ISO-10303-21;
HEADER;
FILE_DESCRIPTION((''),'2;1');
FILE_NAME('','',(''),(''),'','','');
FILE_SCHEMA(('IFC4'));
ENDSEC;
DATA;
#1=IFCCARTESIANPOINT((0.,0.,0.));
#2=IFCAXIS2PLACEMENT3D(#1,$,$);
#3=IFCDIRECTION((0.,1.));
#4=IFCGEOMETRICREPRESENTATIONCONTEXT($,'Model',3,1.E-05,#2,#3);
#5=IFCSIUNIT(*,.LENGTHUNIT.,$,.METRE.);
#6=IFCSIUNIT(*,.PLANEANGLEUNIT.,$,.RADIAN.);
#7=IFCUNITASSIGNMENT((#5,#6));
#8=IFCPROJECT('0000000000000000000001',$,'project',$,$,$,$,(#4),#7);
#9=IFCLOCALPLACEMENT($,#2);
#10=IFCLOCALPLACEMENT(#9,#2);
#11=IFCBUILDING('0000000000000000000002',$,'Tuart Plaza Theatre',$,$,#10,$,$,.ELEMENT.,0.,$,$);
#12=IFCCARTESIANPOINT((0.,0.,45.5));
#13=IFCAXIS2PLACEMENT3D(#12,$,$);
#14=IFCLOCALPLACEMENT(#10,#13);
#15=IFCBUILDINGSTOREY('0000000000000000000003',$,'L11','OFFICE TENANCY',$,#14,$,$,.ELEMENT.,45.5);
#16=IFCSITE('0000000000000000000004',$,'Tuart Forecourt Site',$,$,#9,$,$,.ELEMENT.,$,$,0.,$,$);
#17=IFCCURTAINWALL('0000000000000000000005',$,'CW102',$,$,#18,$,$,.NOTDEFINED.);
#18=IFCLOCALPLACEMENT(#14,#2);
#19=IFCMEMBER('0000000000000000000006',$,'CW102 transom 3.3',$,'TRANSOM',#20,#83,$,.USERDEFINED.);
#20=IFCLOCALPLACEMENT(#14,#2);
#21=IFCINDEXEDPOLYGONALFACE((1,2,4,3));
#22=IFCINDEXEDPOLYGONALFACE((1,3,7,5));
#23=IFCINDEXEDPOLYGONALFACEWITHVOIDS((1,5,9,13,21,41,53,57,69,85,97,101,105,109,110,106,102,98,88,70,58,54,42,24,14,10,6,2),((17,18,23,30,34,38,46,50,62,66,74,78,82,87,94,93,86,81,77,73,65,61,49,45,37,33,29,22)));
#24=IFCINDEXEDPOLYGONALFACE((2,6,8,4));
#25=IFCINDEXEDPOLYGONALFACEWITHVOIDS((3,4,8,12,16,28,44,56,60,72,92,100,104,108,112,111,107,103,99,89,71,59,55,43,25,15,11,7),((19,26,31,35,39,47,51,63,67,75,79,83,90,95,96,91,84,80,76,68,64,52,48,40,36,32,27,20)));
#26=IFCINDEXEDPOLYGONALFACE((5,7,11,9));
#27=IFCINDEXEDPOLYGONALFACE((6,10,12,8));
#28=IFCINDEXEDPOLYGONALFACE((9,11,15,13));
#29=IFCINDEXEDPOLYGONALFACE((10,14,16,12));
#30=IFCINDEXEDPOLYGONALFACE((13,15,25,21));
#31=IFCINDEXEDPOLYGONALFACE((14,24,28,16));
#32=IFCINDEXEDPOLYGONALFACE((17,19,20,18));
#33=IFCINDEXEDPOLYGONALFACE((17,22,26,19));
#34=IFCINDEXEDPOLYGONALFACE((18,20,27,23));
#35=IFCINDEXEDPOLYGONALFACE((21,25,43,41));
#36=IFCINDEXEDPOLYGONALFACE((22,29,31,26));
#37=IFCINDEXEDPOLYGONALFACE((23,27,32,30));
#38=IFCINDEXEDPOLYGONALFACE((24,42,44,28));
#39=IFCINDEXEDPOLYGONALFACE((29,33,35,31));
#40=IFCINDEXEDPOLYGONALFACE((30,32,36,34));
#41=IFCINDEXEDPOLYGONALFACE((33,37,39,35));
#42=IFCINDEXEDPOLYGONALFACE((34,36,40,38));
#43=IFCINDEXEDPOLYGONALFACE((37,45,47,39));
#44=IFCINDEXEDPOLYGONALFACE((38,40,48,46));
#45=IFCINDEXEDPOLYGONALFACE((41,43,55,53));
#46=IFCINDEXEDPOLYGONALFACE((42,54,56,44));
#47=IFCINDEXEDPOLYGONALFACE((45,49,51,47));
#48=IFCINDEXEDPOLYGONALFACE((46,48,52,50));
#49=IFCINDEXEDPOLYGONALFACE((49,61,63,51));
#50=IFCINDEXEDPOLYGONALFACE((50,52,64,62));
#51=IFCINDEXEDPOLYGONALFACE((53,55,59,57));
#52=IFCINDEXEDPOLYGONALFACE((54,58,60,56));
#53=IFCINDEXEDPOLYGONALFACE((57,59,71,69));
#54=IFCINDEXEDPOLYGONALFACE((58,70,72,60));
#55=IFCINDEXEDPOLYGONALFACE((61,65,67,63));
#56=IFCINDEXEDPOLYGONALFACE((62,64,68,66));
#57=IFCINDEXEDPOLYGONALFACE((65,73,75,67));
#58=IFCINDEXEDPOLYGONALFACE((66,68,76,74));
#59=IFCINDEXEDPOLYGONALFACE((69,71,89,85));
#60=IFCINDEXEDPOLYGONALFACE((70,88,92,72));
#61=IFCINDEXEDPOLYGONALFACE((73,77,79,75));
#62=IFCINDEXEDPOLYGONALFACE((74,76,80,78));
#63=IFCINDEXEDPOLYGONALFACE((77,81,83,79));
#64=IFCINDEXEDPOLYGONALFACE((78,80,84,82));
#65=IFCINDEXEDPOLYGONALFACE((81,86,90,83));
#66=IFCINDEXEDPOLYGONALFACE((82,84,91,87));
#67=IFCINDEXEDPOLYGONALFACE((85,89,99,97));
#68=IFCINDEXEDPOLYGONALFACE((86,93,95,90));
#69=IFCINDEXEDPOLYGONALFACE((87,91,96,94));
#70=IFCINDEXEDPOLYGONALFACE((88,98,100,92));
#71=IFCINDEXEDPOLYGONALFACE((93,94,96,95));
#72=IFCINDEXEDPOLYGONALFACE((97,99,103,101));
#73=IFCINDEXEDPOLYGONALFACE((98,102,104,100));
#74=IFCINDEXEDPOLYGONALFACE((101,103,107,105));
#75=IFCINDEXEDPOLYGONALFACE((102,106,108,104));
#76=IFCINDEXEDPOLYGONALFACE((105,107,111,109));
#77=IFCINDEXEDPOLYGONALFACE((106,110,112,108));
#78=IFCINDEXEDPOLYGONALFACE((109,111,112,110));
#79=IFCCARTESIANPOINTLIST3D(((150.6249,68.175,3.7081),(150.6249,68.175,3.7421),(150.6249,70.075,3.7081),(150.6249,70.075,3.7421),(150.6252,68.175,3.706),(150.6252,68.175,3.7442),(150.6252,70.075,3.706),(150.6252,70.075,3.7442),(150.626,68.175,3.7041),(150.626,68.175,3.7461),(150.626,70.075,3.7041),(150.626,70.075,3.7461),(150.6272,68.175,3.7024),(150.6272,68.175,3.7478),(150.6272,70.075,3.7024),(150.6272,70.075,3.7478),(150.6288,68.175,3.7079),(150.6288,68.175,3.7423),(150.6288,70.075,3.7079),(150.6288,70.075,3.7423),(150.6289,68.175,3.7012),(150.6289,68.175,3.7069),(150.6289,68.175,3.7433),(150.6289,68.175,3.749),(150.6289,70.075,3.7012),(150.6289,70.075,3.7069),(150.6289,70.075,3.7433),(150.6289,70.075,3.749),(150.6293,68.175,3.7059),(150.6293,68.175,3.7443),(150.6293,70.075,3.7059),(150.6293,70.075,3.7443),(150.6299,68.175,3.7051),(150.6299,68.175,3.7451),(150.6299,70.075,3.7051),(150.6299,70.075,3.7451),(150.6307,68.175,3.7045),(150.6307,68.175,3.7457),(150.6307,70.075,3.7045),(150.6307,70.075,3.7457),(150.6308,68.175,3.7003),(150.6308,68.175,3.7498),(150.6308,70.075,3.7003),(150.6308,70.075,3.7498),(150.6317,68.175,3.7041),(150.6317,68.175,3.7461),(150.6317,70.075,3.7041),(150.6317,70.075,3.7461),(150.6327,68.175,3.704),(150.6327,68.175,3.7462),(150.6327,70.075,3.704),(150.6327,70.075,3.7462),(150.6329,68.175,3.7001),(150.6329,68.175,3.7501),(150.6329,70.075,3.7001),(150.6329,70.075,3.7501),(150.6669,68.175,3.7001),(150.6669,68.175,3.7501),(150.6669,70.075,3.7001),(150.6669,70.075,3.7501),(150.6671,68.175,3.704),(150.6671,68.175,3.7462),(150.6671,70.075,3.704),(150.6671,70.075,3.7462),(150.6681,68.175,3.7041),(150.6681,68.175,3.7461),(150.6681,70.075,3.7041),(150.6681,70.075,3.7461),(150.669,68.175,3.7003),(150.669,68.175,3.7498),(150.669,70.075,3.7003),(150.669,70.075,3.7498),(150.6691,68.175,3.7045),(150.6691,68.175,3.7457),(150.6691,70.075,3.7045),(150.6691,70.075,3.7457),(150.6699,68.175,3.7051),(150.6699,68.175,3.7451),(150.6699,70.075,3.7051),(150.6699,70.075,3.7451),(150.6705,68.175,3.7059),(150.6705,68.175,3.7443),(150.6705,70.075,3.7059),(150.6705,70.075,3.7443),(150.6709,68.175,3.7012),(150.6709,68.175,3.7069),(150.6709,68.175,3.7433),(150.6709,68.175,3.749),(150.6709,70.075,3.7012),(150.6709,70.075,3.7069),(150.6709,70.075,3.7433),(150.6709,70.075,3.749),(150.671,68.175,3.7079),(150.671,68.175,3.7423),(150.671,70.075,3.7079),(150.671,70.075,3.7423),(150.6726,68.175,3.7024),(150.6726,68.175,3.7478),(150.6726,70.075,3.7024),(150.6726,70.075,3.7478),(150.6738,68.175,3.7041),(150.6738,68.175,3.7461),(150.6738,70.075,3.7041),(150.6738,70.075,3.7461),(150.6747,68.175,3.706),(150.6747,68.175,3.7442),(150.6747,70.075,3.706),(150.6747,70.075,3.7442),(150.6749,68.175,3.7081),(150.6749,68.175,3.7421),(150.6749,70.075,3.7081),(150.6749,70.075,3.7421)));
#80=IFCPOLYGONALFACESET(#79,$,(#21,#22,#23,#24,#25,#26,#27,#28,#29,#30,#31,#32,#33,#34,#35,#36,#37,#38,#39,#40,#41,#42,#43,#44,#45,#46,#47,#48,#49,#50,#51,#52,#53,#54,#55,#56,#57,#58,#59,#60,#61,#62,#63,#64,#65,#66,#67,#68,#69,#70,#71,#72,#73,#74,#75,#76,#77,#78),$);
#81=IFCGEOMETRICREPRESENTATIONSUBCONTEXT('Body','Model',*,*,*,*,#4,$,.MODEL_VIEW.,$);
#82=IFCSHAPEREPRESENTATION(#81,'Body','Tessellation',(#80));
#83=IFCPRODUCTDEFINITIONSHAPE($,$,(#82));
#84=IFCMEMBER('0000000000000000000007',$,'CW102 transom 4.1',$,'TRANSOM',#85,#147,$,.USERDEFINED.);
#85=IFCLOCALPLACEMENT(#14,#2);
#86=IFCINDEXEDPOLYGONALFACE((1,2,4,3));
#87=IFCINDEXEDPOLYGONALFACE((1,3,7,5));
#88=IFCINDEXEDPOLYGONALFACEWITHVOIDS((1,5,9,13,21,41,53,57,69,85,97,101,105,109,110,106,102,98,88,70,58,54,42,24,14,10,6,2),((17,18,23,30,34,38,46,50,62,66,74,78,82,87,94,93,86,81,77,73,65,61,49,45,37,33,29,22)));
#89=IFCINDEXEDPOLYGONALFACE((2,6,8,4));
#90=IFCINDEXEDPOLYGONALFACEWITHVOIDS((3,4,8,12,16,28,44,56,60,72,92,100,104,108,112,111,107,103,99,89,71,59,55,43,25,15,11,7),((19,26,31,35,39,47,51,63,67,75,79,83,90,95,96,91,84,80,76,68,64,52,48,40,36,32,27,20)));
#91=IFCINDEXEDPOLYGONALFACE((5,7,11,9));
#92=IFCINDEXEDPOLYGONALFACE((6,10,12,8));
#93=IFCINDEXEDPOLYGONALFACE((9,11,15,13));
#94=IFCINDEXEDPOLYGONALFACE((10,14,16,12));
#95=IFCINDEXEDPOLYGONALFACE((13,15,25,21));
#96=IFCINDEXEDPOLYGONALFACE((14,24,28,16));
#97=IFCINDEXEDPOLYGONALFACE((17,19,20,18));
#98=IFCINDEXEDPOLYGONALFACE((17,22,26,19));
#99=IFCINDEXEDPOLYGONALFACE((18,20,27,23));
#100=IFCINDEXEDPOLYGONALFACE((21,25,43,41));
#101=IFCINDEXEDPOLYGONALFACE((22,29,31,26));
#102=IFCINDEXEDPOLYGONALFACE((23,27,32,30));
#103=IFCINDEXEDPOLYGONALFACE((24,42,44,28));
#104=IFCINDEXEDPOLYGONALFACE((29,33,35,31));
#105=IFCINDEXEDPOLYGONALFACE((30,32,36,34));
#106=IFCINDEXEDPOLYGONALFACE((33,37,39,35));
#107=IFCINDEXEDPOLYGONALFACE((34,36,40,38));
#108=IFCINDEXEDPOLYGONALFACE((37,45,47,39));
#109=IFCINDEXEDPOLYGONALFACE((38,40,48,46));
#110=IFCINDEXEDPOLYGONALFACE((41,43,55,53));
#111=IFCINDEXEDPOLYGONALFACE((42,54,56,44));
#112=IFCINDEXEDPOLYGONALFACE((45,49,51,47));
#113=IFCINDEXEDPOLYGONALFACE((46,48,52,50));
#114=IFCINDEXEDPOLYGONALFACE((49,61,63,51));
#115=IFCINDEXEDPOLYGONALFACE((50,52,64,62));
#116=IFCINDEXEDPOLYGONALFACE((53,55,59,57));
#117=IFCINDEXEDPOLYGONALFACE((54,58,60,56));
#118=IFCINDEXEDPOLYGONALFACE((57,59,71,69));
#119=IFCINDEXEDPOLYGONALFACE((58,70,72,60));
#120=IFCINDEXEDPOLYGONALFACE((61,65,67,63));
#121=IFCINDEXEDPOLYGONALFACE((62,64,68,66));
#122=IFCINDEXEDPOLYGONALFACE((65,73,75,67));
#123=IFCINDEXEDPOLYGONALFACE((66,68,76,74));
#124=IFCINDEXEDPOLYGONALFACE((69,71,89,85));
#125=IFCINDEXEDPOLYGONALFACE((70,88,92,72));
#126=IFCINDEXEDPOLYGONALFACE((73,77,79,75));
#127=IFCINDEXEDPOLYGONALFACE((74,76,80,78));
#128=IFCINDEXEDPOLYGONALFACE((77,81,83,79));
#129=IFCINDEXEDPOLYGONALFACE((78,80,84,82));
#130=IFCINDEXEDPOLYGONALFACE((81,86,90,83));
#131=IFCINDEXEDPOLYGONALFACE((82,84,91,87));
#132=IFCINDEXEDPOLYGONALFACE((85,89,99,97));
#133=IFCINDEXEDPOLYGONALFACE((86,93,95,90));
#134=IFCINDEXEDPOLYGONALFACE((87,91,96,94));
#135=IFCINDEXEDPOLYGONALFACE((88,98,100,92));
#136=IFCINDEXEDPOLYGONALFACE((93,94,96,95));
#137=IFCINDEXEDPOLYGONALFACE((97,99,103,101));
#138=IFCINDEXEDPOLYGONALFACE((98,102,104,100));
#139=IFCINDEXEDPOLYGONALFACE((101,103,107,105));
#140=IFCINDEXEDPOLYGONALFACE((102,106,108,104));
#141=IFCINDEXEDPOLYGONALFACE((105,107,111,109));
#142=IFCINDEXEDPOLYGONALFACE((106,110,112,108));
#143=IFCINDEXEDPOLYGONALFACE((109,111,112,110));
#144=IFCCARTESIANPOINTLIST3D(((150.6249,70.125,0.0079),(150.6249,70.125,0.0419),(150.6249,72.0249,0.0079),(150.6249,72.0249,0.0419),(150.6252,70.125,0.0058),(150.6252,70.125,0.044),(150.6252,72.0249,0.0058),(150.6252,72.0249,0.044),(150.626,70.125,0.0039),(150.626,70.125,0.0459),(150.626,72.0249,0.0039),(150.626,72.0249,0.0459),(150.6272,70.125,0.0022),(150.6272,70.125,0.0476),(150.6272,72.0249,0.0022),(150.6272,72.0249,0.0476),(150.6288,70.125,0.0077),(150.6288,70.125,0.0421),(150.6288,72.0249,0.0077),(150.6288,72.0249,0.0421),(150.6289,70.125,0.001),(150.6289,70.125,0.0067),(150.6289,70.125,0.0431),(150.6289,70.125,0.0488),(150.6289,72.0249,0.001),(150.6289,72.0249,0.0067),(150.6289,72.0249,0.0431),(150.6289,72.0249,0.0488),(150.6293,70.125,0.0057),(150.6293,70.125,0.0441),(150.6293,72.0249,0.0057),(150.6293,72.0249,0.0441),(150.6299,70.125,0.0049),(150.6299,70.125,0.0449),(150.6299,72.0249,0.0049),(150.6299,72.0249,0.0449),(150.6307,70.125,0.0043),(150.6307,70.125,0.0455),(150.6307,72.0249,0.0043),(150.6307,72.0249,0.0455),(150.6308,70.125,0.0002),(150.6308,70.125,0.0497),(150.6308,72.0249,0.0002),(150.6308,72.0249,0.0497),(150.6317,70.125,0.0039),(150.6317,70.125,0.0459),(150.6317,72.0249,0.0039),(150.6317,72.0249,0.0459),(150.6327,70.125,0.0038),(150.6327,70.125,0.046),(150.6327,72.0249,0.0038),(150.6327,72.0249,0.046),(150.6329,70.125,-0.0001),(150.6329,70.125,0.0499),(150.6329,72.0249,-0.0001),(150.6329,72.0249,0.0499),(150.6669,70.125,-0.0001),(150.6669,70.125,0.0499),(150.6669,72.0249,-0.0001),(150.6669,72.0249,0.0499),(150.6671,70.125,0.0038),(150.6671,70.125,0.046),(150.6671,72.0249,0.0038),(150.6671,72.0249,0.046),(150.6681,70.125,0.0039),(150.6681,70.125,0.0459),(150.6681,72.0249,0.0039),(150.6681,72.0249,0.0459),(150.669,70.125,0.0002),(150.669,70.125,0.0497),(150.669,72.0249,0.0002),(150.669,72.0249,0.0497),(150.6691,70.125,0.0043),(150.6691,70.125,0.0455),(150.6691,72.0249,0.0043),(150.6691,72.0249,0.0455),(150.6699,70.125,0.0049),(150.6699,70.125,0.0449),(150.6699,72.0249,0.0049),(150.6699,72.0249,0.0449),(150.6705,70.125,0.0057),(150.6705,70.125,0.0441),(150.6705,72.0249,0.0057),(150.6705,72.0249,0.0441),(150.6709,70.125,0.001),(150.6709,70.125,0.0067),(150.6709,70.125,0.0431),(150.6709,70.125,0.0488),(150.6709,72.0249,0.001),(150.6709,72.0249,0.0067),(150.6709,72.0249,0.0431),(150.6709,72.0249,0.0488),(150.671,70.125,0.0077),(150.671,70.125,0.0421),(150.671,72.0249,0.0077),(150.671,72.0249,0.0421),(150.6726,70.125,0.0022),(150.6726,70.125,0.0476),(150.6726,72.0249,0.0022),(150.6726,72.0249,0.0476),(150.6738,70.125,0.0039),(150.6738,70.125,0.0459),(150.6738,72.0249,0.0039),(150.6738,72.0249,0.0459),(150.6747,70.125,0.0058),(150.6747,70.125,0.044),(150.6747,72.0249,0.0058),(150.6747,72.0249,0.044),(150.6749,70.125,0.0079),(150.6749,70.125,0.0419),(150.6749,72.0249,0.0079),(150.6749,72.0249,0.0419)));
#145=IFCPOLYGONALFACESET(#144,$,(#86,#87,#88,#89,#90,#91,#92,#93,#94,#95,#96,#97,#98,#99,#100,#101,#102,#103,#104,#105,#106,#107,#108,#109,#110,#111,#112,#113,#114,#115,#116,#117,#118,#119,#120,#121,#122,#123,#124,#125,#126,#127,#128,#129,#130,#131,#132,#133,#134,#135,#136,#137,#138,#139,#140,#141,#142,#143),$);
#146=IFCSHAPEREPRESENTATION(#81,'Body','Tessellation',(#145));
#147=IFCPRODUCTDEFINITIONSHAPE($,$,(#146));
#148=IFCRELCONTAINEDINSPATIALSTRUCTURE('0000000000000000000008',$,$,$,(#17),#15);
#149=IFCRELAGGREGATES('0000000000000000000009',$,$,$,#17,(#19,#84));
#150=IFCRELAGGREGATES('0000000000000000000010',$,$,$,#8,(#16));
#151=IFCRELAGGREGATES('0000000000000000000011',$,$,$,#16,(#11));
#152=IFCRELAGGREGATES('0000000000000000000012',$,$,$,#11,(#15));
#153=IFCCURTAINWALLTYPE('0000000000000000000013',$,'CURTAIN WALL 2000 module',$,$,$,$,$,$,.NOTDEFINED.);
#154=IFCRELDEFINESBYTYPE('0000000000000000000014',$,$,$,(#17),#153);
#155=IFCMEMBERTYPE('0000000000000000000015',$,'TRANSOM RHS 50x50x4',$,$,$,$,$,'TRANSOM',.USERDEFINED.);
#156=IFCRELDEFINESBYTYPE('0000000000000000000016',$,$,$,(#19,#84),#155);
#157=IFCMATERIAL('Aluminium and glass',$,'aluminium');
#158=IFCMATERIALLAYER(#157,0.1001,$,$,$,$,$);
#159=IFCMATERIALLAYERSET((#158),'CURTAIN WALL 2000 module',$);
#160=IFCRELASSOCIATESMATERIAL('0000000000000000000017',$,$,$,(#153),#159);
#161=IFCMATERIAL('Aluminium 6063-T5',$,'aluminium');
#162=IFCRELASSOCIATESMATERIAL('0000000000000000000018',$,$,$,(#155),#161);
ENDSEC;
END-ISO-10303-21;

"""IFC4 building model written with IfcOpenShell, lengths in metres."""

from ifc_helpers import new_model, si_unit, direction, frame, origin, origin_2d, place, context, subcontext, project, spatial, hollow_rectangle, extrude, material, layer, layer_set, material_profile, profile_set, type_object, element, aggregate, save


model = new_model("IFC4")

# Units and contexts
model_context = context("Model", 3, precision=1e-05, world=origin(), true_north=direction((0.0, 1.0)))
body_context = subcontext(model_context, "Body", "Model", "MODEL_VIEW")
ifc_project = project(units=[si_unit("LENGTHUNIT", "METRE"), si_unit("PLANEANGLEUNIT", "RADIAN")], contexts=[model_context])

# Site, building, storey
site_placement = place(None, origin())
site = spatial("IfcSite", under=ifc_project, at=site_placement, Name="Tuart Forecourt Site", CompositionType="ELEMENT", RefElevation=0.0)
building_placement = place(site_placement, origin())
building = spatial("IfcBuilding", under=site, at=building_placement, Name="Tuart Plaza Theatre", CompositionType="ELEMENT", ElevationOfRefHeight=0.0)
storey_placement = place(building_placement, frame((0.0, 0.0, 45.5)))
storey = spatial("IfcBuildingStorey", under=building, at=storey_placement, Name="L11", Description="OFFICE TENANCY", CompositionType="ELEMENT", Elevation=45.5)

# Shared definitions
ifc_material_1 = material(Name="Aluminium and glass", Category="aluminium")
ifc_layer_1 = layer(ifc_material_1, 0.1001)
ifc_layer_set_1 = layer_set([ifc_layer_1], Name="CURTAIN WALL 2000 module")
curtain_wall_type = type_object("IfcCurtainWallType", Name="CURTAIN WALL 2000 module", PredefinedType="NOTDEFINED", material=ifc_layer_set_1)

# Curtain wall
curtain_wall_1_placement = place(storey_placement, origin())
curtain_wall_1 = element("IfcCurtainWall", 1, at=curtain_wall_1_placement, inside=storey, type_object=curtain_wall_type, Name="CW102", PredefinedType="NOTDEFINED")

# Members
ifc_material_2 = material(Name="Aluminium 6063-T5", Category="aluminium")
ifc_material_profile_1 = material_profile(ifc_material_2, hollow_rectangle(XDim=0.05, YDim=0.05, WallThickness=0.0039, InnerFilletRadius=0.0039, OuterFilletRadius=0.0081, at=origin_2d()), Name="RHS 50x50x4")
ifc_profile_set_1 = profile_set([ifc_material_profile_1], Name="Aluminium 6063-T5")
member_type_1 = type_object("IfcMemberType", Name="TRANSOM RHS 50x50x4", ElementType="TRANSOM", PredefinedType="USERDEFINED", material=ifc_profile_set_1)
member_1_placement = place(storey_placement, frame((150.6499, 68.175, 3.7251), z_axis=(0.0, 1.0, 0.0), x_axis=(-1.0, 0.0, 0.0)))
member_1 = element("IfcMember", 2, at=member_1_placement, type_object=member_type_1, Name="CW102 transom 3.3", ObjectType="TRANSOM", PredefinedType="USERDEFINED", context=body_context, shape_type="SweptSolid", body=[
    extrude(hollow_rectangle(XDim=0.05, YDim=0.05, WallThickness=0.0039, InnerFilletRadius=0.0039, OuterFilletRadius=0.0081, at=origin_2d()), origin(), (0.0, 0.0, 1.0), 1.8999),
])
member_2_placement = place(storey_placement, frame((150.6499, 70.125, 0.0249), z_axis=(0.0, 1.0, 0.0), x_axis=(-1.0, 0.0, 0.0)))
member_2 = element("IfcMember", 3, at=member_2_placement, type_object=member_type_1, Name="CW102 transom 4.1", ObjectType="TRANSOM", PredefinedType="USERDEFINED", context=body_context, shape_type="SweptSolid", body=[
    extrude(hollow_rectangle(XDim=0.05, YDim=0.05, WallThickness=0.0039, InnerFilletRadius=0.0039, OuterFilletRadius=0.0081, at=origin_2d()), origin(), (0.0, 0.0, 1.0), 1.8999),
])

aggregate(curtain_wall_1, [member_1, member_2])

save(model, "model.ifc")
